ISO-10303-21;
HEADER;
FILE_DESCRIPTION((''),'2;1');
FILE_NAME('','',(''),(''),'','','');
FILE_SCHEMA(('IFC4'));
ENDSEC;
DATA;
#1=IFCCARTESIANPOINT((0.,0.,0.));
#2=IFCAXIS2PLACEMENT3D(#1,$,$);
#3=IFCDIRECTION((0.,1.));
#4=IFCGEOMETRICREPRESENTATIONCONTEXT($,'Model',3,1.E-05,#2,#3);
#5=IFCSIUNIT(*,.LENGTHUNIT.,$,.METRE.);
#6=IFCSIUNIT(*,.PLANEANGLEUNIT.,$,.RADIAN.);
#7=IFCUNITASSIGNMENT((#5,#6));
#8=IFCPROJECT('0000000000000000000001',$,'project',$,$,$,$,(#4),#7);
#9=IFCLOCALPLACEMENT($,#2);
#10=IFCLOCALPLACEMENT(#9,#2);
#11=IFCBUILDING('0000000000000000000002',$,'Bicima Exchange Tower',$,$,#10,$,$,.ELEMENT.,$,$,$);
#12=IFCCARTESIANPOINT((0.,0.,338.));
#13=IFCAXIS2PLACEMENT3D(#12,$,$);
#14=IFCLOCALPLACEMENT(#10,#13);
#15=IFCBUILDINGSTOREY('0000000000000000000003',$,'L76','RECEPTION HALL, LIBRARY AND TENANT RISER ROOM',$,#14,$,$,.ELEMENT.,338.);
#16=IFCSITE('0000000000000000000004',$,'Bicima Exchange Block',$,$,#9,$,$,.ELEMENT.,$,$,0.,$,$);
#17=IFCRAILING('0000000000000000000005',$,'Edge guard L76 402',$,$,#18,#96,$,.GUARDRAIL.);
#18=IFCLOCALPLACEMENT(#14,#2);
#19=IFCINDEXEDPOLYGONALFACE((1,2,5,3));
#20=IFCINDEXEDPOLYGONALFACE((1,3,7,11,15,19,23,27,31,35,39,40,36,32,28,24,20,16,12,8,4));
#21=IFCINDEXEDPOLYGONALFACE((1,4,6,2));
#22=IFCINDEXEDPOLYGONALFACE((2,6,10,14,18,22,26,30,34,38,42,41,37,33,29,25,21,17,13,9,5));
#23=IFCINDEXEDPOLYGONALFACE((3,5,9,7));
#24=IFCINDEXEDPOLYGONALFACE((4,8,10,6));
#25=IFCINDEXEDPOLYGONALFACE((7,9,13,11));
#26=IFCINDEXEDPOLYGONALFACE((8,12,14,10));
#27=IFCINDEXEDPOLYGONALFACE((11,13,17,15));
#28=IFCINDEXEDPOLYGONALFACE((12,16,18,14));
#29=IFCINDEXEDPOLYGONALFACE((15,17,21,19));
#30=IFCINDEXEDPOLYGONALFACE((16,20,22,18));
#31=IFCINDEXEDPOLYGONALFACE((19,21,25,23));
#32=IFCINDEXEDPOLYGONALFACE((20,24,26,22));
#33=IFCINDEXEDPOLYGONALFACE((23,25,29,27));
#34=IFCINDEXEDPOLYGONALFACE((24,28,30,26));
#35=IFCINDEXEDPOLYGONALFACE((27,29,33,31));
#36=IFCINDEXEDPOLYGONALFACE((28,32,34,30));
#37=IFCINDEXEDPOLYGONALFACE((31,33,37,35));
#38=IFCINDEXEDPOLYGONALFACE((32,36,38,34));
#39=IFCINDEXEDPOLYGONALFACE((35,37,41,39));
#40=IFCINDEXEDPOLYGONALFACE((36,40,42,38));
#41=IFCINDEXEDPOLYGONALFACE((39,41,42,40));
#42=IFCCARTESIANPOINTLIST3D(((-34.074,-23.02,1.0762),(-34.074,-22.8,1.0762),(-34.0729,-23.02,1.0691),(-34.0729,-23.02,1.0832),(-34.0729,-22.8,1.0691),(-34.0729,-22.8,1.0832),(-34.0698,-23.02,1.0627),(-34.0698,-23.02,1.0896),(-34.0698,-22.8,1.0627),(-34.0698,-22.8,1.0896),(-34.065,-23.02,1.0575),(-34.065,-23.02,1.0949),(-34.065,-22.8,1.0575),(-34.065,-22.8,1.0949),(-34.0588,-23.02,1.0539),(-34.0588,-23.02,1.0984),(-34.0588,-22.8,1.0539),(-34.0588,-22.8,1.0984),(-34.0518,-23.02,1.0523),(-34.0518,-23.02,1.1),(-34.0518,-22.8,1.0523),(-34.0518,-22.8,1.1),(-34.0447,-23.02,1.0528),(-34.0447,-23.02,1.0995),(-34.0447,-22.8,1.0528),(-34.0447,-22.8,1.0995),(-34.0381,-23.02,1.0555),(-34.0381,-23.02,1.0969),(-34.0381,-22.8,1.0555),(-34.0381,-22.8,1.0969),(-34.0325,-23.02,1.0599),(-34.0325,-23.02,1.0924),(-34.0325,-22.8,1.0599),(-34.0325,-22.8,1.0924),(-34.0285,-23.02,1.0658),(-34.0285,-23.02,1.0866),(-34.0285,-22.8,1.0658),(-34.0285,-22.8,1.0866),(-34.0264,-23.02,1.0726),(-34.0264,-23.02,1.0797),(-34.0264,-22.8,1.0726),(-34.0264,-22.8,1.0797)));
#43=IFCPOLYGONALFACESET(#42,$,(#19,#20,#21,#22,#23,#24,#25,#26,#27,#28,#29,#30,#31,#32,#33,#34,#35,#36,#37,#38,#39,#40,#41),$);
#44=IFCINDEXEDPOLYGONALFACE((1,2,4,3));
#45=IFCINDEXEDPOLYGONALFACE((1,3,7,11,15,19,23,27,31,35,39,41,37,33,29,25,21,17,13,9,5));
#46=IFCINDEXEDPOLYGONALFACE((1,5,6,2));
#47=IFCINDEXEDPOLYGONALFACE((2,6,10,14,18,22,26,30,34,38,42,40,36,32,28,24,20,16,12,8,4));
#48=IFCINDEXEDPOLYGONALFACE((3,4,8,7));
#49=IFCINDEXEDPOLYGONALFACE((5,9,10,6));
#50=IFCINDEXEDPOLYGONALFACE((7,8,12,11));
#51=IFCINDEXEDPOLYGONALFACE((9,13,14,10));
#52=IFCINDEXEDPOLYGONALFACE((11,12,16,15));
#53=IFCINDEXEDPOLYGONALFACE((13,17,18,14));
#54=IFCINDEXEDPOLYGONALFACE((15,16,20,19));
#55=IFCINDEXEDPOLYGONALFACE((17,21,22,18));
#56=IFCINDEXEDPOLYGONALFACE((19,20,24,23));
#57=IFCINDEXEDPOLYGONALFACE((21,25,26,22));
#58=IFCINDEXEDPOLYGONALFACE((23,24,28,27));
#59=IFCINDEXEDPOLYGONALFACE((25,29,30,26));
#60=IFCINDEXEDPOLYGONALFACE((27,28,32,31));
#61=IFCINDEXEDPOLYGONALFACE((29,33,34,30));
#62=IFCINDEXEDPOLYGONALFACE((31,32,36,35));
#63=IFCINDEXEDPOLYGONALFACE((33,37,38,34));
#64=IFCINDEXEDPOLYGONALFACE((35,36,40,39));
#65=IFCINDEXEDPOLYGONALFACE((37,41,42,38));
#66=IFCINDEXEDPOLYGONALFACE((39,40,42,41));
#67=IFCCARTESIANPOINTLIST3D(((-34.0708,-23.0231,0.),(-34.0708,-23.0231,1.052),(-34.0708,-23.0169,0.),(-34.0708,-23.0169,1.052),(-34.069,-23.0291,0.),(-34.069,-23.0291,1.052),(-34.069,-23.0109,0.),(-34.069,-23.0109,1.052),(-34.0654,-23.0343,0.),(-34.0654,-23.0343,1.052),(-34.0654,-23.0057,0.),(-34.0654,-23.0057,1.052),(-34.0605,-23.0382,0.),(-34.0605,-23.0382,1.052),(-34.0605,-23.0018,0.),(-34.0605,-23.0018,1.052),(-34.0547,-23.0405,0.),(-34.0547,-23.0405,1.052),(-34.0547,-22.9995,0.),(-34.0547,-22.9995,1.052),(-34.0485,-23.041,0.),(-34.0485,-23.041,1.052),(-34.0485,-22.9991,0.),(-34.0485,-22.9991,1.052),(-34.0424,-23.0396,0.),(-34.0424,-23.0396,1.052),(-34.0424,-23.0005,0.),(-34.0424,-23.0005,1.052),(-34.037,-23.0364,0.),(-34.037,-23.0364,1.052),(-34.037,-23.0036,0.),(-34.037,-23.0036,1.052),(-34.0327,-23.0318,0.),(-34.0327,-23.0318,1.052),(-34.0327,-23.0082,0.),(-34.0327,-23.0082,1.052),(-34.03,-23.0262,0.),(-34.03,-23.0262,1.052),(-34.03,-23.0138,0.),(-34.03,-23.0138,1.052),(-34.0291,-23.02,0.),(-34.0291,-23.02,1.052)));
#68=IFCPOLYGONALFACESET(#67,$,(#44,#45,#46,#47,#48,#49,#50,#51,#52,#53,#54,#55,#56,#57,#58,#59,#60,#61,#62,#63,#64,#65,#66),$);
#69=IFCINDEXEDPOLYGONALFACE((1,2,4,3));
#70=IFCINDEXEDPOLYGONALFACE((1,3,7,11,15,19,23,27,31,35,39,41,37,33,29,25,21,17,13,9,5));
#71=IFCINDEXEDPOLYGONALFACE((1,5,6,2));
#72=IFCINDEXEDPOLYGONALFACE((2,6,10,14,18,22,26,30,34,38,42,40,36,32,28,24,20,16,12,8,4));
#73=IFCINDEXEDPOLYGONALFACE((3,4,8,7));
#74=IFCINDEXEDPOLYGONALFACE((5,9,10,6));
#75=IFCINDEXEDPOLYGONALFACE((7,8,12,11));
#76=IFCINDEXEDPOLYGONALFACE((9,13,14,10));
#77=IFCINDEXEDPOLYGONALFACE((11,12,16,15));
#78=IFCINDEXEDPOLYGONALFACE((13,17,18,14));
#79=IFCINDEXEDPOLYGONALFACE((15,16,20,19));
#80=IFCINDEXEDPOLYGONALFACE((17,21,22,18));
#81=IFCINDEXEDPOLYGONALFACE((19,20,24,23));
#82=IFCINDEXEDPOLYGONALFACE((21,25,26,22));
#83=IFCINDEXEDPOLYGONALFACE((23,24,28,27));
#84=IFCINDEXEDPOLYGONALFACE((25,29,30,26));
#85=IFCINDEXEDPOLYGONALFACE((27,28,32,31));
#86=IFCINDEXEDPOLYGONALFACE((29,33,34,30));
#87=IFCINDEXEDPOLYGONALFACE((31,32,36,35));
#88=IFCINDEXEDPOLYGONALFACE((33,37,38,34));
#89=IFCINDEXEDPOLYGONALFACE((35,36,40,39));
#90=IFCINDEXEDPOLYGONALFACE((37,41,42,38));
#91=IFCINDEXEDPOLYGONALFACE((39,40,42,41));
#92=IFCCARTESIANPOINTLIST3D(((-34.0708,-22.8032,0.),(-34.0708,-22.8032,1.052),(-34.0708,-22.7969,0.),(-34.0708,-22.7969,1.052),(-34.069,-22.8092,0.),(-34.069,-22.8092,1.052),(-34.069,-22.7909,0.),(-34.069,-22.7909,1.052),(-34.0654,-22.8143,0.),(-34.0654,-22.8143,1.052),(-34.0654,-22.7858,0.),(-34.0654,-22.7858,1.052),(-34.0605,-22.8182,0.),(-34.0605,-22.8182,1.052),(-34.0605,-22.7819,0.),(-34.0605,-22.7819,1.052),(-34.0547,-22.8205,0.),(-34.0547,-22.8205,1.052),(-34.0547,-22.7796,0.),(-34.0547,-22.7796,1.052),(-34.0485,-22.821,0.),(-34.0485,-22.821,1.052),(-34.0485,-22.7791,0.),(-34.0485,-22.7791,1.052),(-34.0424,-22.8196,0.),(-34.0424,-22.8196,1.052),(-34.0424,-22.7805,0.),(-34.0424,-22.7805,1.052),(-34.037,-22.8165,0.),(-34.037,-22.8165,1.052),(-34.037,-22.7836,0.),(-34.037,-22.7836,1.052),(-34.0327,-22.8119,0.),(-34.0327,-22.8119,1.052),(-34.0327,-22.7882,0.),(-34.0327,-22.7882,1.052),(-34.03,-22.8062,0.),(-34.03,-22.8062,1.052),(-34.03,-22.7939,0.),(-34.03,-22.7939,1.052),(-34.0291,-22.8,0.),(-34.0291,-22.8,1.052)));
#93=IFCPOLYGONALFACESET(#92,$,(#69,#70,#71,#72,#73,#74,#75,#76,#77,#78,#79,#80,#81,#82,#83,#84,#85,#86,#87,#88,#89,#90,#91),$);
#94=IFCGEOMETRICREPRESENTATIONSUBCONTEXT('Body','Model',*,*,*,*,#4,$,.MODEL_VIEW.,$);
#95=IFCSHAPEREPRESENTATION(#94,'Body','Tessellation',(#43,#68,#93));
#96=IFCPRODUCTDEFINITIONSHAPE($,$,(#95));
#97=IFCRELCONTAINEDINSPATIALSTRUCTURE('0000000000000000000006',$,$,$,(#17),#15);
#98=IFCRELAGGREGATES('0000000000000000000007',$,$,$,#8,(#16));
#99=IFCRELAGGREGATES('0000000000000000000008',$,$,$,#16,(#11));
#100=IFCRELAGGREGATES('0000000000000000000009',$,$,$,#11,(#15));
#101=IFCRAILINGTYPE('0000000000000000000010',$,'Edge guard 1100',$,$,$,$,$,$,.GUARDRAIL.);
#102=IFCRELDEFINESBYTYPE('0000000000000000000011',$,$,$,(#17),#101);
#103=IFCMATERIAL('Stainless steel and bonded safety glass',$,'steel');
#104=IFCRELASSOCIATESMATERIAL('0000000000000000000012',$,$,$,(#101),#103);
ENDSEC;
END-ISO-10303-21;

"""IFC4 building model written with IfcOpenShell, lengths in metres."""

from ifc_helpers import new_model, si_unit, direction, frame, origin, origin_2d, place, context, subcontext, project, spatial, circle, extrude, material, type_object, element, save


model = new_model("IFC4")

# Units and contexts
model_context = context("Model", 3, precision=1e-05, world=origin(), true_north=direction((0.0, 1.0)))
body_context = subcontext(model_context, "Body", "Model", "MODEL_VIEW")
ifc_project = project(units=[si_unit("LENGTHUNIT", "METRE"), si_unit("PLANEANGLEUNIT", "RADIAN")], contexts=[model_context])

# Site, building, storey
site_placement = place(None, origin())
site = spatial("IfcSite", under=ifc_project, at=site_placement, Name="Bicima Exchange Block", CompositionType="ELEMENT", RefElevation=0.0)
building_placement = place(site_placement, origin())
building = spatial("IfcBuilding", under=site, at=building_placement, Name="Bicima Exchange Tower", CompositionType="ELEMENT")
storey_placement = place(building_placement, frame((0.0, 0.0, 338.0)))
storey = spatial("IfcBuildingStorey", under=building, at=storey_placement, Name="L76", Description="RECEPTION HALL, LIBRARY AND TENANT RISER ROOM", CompositionType="ELEMENT", Elevation=338.0)

# Railing
ifc_material_1 = material(Name="Stainless steel and bonded safety glass", Category="steel")
railing_type = type_object("IfcRailingType", Name="Edge guard 1100", PredefinedType="GUARDRAIL", material=ifc_material_1)
railing_1_placement = place(storey_placement, frame((-34.05, -23.02, 0.0)))
element("IfcRailing", 1, at=railing_1_placement, inside=storey, type_object=railing_type, Name="Edge guard L76 402", PredefinedType="GUARDRAIL", context=body_context, shape_type="SweptSolid", body=[
    extrude(circle(Radius=0.0239, at=origin_2d()), frame((0.0, 0.0, 1.0762), z_axis=(0.0, 1.0, 0.0), x_axis=(-1.0, 0.0, 0.0)), (0.0, 0.0, 1.0), 0.22),
    extrude(circle(Radius=0.021, at=origin_2d()), origin(), (0.0, 0.0, 1.0), 1.052),
    extrude(circle(Radius=0.021, at=origin_2d()), frame((0.0, 0.22, 0.0)), (0.0, 0.0, 1.0), 1.052),
])

save(model, "model.ifc")
